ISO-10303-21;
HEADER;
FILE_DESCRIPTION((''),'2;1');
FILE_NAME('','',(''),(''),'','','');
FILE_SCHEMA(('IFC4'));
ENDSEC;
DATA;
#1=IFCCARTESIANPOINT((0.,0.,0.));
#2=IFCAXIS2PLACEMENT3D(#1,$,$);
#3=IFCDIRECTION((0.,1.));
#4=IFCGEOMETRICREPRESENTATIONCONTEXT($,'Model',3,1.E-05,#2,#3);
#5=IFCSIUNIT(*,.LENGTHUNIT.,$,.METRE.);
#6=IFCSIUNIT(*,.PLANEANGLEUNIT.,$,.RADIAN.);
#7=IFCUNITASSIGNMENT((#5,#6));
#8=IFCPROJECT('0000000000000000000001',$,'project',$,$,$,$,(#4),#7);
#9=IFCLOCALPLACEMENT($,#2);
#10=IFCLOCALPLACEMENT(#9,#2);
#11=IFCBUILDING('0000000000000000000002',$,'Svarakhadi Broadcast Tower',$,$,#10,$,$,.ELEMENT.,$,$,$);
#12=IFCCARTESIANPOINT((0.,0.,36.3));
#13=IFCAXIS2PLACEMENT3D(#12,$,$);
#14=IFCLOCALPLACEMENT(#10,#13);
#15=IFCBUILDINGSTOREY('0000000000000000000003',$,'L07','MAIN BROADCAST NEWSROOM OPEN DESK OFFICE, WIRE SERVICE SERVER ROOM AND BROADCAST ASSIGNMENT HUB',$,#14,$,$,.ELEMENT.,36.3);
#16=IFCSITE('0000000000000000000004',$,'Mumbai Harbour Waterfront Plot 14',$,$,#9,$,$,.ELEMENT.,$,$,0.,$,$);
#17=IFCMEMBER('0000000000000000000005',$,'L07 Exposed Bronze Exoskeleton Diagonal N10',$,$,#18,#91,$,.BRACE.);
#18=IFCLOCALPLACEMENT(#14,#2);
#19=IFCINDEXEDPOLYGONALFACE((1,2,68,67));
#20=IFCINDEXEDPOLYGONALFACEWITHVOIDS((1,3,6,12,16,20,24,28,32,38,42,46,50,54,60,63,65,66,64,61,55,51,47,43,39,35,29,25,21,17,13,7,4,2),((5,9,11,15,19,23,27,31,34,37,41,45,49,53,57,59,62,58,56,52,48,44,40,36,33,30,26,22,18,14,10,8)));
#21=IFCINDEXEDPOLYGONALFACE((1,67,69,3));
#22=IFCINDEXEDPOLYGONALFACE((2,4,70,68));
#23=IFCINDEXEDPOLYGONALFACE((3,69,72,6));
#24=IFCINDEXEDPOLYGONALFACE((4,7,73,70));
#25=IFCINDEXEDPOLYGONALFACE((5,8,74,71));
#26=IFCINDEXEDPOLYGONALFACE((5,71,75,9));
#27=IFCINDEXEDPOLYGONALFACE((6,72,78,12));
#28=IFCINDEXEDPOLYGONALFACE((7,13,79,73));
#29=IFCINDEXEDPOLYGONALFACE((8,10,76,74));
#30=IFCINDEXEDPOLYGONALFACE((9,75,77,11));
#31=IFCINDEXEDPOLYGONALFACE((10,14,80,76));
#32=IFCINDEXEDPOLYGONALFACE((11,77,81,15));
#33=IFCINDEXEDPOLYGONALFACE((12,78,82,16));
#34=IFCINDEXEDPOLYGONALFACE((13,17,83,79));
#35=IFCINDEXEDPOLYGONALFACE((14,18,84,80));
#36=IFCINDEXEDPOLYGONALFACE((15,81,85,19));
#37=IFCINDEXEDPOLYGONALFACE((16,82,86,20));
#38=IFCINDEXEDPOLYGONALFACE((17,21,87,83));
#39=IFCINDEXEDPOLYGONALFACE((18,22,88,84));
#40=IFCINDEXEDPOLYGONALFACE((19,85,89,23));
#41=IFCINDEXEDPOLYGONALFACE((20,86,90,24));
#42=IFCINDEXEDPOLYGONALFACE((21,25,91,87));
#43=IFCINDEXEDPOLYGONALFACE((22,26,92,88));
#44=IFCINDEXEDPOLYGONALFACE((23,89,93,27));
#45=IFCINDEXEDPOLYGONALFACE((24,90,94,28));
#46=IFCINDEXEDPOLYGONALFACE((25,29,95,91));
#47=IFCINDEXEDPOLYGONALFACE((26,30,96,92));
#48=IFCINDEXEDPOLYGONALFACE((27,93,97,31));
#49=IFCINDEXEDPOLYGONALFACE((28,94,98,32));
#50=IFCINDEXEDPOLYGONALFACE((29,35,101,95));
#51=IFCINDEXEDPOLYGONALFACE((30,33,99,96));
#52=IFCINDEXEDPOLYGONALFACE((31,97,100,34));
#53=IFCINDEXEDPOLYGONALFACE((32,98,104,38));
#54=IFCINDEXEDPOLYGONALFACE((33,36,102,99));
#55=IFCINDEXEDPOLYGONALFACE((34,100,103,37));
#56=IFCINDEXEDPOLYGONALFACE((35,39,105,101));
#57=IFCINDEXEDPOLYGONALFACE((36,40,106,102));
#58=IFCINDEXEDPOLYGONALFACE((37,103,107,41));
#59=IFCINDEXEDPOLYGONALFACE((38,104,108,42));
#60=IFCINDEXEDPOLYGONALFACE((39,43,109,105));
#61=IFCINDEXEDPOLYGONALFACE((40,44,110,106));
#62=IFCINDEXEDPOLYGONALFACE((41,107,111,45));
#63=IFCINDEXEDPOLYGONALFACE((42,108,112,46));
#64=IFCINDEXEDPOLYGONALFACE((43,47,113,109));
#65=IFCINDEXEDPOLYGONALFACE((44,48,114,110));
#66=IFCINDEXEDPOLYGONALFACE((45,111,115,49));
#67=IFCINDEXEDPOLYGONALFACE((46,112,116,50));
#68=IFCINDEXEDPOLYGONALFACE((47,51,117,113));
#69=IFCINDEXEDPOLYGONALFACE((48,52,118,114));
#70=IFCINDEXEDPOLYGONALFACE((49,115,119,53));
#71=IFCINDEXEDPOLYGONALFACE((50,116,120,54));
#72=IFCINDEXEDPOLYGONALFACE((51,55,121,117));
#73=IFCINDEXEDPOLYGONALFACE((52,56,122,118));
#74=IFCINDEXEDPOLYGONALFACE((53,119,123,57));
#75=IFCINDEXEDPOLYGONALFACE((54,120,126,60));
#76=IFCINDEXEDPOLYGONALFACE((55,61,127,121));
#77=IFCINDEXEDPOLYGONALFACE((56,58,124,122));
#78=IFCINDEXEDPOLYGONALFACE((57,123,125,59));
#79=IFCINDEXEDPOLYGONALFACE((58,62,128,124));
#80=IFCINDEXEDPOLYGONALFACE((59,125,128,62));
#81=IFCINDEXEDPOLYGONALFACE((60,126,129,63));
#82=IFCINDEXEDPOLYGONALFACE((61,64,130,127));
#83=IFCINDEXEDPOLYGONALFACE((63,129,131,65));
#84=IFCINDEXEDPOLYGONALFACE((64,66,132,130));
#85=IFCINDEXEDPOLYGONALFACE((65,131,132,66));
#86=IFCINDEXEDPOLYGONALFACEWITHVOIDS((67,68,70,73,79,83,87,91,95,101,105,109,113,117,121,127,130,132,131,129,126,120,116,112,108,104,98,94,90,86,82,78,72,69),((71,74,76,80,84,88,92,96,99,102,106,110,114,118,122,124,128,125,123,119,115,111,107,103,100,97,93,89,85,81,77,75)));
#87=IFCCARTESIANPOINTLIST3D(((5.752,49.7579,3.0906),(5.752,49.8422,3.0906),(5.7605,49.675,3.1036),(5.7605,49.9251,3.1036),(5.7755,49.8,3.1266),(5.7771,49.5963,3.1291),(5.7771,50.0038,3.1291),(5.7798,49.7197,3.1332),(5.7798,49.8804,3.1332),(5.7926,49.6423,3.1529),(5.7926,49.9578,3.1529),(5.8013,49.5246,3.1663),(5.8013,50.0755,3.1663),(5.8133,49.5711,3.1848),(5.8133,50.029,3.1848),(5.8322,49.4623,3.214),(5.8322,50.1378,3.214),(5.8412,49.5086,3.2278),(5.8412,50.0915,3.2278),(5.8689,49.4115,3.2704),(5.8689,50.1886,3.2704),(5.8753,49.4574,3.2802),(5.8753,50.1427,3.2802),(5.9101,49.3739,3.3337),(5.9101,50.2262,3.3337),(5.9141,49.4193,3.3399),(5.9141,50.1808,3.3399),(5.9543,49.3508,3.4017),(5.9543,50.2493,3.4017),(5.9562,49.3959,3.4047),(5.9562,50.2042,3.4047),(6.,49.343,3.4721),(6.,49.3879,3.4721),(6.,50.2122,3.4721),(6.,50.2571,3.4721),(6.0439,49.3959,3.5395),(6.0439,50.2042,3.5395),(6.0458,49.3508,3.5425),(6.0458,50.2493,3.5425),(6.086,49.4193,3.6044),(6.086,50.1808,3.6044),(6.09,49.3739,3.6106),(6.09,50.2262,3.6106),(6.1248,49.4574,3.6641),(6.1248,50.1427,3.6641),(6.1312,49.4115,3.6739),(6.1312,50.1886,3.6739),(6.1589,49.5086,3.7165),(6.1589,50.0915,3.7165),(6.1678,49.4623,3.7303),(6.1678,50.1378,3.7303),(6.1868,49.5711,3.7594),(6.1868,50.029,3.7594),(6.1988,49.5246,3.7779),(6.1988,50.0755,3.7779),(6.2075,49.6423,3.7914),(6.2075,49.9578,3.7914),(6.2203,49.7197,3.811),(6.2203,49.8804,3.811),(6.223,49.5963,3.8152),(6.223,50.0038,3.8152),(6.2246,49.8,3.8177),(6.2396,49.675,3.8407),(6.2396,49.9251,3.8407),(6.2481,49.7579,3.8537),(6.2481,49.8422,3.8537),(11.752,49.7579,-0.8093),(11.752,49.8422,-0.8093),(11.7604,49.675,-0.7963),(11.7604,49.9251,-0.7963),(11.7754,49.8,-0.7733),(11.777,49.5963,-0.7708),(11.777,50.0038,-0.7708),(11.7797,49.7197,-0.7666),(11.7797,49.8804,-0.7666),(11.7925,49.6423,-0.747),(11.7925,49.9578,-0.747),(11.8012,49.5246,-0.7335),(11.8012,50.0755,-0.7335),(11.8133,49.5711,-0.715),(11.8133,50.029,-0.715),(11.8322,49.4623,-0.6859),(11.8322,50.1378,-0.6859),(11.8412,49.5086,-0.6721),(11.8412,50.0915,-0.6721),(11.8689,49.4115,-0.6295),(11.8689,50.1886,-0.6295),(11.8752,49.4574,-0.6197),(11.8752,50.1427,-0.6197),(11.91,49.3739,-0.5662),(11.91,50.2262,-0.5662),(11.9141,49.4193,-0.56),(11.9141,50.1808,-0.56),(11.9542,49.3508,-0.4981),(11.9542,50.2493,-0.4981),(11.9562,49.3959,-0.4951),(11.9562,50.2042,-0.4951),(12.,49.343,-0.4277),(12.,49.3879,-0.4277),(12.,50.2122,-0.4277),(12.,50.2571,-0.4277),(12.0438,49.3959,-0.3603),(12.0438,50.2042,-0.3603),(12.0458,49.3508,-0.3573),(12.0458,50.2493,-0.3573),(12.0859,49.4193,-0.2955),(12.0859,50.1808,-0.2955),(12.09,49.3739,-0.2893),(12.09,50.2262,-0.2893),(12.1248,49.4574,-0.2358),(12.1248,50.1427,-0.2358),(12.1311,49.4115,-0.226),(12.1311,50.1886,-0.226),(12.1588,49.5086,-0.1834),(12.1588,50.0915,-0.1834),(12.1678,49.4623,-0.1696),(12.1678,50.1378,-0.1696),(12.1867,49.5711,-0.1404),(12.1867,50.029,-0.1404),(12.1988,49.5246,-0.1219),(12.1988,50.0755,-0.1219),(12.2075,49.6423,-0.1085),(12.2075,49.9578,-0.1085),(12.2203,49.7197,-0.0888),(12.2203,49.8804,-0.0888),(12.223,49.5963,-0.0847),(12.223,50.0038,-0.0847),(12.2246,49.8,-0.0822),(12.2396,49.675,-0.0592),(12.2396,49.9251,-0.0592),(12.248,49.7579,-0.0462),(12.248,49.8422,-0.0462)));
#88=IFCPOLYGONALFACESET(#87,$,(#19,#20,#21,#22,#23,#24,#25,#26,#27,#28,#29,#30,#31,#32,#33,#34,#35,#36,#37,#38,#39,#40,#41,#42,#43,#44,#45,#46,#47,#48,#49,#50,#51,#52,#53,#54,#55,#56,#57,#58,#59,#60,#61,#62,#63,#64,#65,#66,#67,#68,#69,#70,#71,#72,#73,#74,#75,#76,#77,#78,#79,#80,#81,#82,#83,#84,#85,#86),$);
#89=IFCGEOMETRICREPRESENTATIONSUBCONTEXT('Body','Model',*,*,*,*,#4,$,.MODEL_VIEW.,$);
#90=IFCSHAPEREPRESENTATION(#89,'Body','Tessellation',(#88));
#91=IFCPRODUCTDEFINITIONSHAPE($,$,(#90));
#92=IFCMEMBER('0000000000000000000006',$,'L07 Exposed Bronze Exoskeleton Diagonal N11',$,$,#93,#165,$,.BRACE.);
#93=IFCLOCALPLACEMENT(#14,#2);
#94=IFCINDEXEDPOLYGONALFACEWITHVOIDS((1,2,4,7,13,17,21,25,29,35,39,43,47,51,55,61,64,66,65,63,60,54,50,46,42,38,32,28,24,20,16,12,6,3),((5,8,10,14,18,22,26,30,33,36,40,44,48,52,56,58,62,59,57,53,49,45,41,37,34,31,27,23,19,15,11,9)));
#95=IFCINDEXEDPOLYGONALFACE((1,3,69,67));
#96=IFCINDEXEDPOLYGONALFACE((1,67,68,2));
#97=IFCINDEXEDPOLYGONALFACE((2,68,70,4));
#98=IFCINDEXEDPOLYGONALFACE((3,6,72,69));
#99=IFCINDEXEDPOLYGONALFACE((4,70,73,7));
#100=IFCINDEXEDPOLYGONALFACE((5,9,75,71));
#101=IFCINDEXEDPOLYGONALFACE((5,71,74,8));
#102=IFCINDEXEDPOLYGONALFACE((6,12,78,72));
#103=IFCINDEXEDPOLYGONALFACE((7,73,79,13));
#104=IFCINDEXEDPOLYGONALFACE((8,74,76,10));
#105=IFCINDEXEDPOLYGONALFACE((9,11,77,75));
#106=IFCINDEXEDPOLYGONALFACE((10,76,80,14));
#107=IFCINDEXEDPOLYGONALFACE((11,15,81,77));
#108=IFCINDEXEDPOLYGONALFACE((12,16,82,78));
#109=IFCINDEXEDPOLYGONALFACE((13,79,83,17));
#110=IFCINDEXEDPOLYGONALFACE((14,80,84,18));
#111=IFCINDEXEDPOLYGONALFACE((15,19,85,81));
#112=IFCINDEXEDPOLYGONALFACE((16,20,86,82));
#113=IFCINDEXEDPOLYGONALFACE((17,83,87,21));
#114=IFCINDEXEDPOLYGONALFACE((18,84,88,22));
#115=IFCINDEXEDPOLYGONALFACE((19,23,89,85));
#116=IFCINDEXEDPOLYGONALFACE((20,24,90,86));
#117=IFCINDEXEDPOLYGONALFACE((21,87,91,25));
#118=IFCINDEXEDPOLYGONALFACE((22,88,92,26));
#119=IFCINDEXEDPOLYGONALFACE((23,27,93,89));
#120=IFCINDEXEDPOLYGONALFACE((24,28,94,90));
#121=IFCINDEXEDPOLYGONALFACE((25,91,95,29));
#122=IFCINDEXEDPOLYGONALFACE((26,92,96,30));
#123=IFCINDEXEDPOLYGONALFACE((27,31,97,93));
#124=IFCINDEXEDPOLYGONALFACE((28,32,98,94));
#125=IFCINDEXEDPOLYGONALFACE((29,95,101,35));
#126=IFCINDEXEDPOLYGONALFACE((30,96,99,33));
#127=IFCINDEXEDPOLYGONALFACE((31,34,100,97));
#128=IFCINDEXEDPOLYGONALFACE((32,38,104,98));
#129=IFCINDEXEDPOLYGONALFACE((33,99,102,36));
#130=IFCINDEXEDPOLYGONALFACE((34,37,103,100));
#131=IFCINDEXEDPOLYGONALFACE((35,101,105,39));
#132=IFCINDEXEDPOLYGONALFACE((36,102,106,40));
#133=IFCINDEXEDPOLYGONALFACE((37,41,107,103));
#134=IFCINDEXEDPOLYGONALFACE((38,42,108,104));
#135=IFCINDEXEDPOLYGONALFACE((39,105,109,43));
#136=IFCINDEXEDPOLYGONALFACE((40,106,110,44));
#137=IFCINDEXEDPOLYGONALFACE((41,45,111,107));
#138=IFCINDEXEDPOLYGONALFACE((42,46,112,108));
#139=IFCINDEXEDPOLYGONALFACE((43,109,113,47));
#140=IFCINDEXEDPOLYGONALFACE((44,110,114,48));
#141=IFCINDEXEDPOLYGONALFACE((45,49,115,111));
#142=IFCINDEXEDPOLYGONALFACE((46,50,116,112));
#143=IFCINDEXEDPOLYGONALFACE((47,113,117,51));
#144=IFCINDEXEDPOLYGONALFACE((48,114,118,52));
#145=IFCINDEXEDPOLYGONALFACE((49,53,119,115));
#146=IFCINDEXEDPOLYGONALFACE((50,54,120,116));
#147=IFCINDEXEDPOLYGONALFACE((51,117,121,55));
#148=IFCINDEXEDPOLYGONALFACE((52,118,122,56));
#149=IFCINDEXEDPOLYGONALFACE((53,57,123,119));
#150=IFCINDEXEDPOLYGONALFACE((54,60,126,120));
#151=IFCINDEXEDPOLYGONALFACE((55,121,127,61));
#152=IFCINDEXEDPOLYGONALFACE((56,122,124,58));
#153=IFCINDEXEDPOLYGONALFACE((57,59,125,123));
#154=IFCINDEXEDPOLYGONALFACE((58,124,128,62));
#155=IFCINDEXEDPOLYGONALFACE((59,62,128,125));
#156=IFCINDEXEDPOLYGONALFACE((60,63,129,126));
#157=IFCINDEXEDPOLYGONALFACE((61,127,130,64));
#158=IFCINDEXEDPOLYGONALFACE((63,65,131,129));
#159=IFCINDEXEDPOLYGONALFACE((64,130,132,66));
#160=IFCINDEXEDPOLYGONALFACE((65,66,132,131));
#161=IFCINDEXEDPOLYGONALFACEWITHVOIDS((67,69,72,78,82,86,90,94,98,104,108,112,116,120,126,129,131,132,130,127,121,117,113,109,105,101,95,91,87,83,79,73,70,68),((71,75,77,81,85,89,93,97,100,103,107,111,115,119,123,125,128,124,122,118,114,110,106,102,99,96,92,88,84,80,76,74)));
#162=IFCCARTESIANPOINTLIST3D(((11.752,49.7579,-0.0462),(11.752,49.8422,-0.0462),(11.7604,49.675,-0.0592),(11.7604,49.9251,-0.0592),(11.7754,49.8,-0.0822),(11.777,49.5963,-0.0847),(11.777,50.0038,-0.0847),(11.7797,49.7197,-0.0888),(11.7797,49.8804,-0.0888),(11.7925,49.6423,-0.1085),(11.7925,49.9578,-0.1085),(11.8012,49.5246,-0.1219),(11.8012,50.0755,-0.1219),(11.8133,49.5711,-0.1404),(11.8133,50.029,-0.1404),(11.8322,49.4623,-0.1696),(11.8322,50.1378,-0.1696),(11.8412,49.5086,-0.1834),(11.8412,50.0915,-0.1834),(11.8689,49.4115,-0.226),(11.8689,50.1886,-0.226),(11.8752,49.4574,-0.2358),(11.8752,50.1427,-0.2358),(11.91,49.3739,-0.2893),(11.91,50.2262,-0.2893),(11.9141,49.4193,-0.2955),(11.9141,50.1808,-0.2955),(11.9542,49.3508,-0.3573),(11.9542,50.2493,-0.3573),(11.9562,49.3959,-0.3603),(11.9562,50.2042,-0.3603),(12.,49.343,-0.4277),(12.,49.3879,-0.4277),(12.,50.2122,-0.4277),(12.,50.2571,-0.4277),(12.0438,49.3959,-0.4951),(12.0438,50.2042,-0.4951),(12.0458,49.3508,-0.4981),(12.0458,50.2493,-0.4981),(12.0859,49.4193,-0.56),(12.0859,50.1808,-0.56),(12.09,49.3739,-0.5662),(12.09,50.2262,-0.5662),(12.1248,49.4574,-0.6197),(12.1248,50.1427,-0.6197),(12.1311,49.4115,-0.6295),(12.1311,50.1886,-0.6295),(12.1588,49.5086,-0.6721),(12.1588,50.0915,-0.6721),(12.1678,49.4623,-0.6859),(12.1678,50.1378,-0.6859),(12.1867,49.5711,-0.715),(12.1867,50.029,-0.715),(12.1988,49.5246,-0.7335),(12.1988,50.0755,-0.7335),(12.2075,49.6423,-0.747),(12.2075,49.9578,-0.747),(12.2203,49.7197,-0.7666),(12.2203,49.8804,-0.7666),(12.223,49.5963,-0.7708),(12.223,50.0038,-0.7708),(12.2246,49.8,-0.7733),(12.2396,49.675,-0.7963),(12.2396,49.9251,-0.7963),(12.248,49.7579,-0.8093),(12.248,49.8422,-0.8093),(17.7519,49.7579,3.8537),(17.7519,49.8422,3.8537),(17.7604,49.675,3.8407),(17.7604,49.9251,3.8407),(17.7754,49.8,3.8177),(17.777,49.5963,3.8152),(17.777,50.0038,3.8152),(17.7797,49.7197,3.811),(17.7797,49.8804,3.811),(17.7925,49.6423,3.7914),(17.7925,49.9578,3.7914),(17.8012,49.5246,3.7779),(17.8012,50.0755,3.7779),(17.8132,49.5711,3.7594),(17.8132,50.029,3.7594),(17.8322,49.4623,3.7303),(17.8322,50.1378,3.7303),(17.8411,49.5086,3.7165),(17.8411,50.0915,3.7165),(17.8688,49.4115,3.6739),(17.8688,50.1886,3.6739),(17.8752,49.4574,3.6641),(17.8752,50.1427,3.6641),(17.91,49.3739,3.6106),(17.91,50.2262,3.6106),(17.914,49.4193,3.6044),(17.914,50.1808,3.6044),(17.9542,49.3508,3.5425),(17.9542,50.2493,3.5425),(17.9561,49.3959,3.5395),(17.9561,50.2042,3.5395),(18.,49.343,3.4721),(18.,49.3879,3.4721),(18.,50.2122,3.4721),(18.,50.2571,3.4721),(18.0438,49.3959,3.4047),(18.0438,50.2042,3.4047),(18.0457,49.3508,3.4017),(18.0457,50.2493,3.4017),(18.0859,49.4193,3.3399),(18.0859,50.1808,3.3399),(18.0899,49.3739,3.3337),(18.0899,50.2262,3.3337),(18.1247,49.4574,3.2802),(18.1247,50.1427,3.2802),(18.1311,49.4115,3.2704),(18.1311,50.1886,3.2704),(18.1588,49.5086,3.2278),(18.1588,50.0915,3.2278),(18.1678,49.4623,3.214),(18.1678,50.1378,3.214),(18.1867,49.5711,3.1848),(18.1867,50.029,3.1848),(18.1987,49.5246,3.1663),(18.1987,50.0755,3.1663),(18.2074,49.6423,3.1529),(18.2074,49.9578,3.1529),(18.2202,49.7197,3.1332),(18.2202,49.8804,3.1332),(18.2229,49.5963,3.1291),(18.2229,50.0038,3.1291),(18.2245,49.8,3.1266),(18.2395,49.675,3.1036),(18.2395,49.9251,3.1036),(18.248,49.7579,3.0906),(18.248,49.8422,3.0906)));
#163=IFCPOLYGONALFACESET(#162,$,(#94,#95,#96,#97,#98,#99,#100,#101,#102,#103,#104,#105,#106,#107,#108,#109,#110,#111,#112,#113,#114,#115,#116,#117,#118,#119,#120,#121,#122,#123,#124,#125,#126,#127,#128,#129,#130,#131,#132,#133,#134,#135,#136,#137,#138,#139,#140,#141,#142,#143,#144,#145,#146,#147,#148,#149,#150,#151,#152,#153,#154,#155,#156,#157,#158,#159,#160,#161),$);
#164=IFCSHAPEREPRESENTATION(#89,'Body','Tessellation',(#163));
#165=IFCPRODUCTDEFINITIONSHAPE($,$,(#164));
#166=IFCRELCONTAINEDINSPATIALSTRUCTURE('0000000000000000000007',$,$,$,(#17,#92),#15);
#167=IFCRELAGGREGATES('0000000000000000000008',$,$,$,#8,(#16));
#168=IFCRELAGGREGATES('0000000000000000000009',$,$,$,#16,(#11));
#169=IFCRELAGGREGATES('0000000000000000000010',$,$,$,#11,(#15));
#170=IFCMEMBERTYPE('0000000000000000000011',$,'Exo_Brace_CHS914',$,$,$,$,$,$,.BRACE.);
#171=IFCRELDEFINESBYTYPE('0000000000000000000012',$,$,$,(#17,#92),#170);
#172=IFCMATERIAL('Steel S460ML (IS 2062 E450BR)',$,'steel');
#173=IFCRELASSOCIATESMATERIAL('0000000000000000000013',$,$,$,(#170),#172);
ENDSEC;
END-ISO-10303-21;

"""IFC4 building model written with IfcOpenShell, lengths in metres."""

from ifc_helpers import new_model, si_unit, direction, frame, origin, origin_2d, place, context, subcontext, project, spatial, hollow_circle, extrude, material, material_profile, profile_set, type_object, element, save


model = new_model("IFC4")

# Units and contexts
model_context = context("Model", 3, precision=1e-05, world=origin(), true_north=direction((0.0, 1.0)))
body_context = subcontext(model_context, "Body", "Model", "MODEL_VIEW")
ifc_project = project(units=[si_unit("LENGTHUNIT", "METRE"), si_unit("PLANEANGLEUNIT", "RADIAN")], contexts=[model_context])

# Site, building, storey
site_placement = place(None, origin())
site = spatial("IfcSite", under=ifc_project, at=site_placement, Name="Mumbai Harbour Waterfront Plot 14", CompositionType="ELEMENT", RefElevation=0.0)
building_placement = place(site_placement, origin())
building = spatial("IfcBuilding", under=site, at=building_placement, Name="Svarakhadi Broadcast Tower", CompositionType="ELEMENT")
storey_placement = place(building_placement, frame((0.0, 0.0, 36.3)))
storey = spatial("IfcBuildingStorey", under=building, at=storey_placement, Name="L07", Description="MAIN BROADCAST NEWSROOM OPEN DESK OFFICE, WIRE SERVICE SERVER ROOM AND BROADCAST ASSIGNMENT HUB", CompositionType="ELEMENT", Elevation=36.3)

# Shared definitions
ifc_material_1 = material(Name="Steel S460ML (IS 2062 E450BR)", Category="steel")

# Members
ifc_material_profile_1 = material_profile(ifc_material_1, hollow_circle(Radius=0.457, WallThickness=0.0449, at=origin_2d()), Name="CHS 914x45")
ifc_profile_set_1 = profile_set([ifc_material_profile_1], Name="Steel S460ML (IS 2062 E450BR)")
member_type_1 = type_object("IfcMemberType", Name="Exo_Brace_CHS914", PredefinedType="BRACE", material=ifc_profile_set_1)
for number, where, z_axis, x_axis, name in (
    (1, (12.0, 49.8, -0.4277), (-0.83845, 0.0, 0.544979), (0.0, -1.0, 0.0), "L07 Exposed Bronze Exoskeleton Diagonal N10"),
    (2, (12.0, 49.8, -0.4277), (0.83845, 0.0, 0.544979), (0.0, 1.0, 0.0), "L07 Exposed Bronze Exoskeleton Diagonal N11"),
):
    element("IfcMember", number, at=place(storey_placement, frame(where, z_axis=z_axis, x_axis=x_axis)), inside=storey, type_object=member_type_1, Name=name, PredefinedType="BRACE", context=body_context, shape_type="SweptSolid", body=[
        extrude(hollow_circle(Radius=0.457, WallThickness=0.0449, at=origin_2d()), origin(), (0.0, 0.0, 1.0), 7.156),
    ])

save(model, "model.ifc")
